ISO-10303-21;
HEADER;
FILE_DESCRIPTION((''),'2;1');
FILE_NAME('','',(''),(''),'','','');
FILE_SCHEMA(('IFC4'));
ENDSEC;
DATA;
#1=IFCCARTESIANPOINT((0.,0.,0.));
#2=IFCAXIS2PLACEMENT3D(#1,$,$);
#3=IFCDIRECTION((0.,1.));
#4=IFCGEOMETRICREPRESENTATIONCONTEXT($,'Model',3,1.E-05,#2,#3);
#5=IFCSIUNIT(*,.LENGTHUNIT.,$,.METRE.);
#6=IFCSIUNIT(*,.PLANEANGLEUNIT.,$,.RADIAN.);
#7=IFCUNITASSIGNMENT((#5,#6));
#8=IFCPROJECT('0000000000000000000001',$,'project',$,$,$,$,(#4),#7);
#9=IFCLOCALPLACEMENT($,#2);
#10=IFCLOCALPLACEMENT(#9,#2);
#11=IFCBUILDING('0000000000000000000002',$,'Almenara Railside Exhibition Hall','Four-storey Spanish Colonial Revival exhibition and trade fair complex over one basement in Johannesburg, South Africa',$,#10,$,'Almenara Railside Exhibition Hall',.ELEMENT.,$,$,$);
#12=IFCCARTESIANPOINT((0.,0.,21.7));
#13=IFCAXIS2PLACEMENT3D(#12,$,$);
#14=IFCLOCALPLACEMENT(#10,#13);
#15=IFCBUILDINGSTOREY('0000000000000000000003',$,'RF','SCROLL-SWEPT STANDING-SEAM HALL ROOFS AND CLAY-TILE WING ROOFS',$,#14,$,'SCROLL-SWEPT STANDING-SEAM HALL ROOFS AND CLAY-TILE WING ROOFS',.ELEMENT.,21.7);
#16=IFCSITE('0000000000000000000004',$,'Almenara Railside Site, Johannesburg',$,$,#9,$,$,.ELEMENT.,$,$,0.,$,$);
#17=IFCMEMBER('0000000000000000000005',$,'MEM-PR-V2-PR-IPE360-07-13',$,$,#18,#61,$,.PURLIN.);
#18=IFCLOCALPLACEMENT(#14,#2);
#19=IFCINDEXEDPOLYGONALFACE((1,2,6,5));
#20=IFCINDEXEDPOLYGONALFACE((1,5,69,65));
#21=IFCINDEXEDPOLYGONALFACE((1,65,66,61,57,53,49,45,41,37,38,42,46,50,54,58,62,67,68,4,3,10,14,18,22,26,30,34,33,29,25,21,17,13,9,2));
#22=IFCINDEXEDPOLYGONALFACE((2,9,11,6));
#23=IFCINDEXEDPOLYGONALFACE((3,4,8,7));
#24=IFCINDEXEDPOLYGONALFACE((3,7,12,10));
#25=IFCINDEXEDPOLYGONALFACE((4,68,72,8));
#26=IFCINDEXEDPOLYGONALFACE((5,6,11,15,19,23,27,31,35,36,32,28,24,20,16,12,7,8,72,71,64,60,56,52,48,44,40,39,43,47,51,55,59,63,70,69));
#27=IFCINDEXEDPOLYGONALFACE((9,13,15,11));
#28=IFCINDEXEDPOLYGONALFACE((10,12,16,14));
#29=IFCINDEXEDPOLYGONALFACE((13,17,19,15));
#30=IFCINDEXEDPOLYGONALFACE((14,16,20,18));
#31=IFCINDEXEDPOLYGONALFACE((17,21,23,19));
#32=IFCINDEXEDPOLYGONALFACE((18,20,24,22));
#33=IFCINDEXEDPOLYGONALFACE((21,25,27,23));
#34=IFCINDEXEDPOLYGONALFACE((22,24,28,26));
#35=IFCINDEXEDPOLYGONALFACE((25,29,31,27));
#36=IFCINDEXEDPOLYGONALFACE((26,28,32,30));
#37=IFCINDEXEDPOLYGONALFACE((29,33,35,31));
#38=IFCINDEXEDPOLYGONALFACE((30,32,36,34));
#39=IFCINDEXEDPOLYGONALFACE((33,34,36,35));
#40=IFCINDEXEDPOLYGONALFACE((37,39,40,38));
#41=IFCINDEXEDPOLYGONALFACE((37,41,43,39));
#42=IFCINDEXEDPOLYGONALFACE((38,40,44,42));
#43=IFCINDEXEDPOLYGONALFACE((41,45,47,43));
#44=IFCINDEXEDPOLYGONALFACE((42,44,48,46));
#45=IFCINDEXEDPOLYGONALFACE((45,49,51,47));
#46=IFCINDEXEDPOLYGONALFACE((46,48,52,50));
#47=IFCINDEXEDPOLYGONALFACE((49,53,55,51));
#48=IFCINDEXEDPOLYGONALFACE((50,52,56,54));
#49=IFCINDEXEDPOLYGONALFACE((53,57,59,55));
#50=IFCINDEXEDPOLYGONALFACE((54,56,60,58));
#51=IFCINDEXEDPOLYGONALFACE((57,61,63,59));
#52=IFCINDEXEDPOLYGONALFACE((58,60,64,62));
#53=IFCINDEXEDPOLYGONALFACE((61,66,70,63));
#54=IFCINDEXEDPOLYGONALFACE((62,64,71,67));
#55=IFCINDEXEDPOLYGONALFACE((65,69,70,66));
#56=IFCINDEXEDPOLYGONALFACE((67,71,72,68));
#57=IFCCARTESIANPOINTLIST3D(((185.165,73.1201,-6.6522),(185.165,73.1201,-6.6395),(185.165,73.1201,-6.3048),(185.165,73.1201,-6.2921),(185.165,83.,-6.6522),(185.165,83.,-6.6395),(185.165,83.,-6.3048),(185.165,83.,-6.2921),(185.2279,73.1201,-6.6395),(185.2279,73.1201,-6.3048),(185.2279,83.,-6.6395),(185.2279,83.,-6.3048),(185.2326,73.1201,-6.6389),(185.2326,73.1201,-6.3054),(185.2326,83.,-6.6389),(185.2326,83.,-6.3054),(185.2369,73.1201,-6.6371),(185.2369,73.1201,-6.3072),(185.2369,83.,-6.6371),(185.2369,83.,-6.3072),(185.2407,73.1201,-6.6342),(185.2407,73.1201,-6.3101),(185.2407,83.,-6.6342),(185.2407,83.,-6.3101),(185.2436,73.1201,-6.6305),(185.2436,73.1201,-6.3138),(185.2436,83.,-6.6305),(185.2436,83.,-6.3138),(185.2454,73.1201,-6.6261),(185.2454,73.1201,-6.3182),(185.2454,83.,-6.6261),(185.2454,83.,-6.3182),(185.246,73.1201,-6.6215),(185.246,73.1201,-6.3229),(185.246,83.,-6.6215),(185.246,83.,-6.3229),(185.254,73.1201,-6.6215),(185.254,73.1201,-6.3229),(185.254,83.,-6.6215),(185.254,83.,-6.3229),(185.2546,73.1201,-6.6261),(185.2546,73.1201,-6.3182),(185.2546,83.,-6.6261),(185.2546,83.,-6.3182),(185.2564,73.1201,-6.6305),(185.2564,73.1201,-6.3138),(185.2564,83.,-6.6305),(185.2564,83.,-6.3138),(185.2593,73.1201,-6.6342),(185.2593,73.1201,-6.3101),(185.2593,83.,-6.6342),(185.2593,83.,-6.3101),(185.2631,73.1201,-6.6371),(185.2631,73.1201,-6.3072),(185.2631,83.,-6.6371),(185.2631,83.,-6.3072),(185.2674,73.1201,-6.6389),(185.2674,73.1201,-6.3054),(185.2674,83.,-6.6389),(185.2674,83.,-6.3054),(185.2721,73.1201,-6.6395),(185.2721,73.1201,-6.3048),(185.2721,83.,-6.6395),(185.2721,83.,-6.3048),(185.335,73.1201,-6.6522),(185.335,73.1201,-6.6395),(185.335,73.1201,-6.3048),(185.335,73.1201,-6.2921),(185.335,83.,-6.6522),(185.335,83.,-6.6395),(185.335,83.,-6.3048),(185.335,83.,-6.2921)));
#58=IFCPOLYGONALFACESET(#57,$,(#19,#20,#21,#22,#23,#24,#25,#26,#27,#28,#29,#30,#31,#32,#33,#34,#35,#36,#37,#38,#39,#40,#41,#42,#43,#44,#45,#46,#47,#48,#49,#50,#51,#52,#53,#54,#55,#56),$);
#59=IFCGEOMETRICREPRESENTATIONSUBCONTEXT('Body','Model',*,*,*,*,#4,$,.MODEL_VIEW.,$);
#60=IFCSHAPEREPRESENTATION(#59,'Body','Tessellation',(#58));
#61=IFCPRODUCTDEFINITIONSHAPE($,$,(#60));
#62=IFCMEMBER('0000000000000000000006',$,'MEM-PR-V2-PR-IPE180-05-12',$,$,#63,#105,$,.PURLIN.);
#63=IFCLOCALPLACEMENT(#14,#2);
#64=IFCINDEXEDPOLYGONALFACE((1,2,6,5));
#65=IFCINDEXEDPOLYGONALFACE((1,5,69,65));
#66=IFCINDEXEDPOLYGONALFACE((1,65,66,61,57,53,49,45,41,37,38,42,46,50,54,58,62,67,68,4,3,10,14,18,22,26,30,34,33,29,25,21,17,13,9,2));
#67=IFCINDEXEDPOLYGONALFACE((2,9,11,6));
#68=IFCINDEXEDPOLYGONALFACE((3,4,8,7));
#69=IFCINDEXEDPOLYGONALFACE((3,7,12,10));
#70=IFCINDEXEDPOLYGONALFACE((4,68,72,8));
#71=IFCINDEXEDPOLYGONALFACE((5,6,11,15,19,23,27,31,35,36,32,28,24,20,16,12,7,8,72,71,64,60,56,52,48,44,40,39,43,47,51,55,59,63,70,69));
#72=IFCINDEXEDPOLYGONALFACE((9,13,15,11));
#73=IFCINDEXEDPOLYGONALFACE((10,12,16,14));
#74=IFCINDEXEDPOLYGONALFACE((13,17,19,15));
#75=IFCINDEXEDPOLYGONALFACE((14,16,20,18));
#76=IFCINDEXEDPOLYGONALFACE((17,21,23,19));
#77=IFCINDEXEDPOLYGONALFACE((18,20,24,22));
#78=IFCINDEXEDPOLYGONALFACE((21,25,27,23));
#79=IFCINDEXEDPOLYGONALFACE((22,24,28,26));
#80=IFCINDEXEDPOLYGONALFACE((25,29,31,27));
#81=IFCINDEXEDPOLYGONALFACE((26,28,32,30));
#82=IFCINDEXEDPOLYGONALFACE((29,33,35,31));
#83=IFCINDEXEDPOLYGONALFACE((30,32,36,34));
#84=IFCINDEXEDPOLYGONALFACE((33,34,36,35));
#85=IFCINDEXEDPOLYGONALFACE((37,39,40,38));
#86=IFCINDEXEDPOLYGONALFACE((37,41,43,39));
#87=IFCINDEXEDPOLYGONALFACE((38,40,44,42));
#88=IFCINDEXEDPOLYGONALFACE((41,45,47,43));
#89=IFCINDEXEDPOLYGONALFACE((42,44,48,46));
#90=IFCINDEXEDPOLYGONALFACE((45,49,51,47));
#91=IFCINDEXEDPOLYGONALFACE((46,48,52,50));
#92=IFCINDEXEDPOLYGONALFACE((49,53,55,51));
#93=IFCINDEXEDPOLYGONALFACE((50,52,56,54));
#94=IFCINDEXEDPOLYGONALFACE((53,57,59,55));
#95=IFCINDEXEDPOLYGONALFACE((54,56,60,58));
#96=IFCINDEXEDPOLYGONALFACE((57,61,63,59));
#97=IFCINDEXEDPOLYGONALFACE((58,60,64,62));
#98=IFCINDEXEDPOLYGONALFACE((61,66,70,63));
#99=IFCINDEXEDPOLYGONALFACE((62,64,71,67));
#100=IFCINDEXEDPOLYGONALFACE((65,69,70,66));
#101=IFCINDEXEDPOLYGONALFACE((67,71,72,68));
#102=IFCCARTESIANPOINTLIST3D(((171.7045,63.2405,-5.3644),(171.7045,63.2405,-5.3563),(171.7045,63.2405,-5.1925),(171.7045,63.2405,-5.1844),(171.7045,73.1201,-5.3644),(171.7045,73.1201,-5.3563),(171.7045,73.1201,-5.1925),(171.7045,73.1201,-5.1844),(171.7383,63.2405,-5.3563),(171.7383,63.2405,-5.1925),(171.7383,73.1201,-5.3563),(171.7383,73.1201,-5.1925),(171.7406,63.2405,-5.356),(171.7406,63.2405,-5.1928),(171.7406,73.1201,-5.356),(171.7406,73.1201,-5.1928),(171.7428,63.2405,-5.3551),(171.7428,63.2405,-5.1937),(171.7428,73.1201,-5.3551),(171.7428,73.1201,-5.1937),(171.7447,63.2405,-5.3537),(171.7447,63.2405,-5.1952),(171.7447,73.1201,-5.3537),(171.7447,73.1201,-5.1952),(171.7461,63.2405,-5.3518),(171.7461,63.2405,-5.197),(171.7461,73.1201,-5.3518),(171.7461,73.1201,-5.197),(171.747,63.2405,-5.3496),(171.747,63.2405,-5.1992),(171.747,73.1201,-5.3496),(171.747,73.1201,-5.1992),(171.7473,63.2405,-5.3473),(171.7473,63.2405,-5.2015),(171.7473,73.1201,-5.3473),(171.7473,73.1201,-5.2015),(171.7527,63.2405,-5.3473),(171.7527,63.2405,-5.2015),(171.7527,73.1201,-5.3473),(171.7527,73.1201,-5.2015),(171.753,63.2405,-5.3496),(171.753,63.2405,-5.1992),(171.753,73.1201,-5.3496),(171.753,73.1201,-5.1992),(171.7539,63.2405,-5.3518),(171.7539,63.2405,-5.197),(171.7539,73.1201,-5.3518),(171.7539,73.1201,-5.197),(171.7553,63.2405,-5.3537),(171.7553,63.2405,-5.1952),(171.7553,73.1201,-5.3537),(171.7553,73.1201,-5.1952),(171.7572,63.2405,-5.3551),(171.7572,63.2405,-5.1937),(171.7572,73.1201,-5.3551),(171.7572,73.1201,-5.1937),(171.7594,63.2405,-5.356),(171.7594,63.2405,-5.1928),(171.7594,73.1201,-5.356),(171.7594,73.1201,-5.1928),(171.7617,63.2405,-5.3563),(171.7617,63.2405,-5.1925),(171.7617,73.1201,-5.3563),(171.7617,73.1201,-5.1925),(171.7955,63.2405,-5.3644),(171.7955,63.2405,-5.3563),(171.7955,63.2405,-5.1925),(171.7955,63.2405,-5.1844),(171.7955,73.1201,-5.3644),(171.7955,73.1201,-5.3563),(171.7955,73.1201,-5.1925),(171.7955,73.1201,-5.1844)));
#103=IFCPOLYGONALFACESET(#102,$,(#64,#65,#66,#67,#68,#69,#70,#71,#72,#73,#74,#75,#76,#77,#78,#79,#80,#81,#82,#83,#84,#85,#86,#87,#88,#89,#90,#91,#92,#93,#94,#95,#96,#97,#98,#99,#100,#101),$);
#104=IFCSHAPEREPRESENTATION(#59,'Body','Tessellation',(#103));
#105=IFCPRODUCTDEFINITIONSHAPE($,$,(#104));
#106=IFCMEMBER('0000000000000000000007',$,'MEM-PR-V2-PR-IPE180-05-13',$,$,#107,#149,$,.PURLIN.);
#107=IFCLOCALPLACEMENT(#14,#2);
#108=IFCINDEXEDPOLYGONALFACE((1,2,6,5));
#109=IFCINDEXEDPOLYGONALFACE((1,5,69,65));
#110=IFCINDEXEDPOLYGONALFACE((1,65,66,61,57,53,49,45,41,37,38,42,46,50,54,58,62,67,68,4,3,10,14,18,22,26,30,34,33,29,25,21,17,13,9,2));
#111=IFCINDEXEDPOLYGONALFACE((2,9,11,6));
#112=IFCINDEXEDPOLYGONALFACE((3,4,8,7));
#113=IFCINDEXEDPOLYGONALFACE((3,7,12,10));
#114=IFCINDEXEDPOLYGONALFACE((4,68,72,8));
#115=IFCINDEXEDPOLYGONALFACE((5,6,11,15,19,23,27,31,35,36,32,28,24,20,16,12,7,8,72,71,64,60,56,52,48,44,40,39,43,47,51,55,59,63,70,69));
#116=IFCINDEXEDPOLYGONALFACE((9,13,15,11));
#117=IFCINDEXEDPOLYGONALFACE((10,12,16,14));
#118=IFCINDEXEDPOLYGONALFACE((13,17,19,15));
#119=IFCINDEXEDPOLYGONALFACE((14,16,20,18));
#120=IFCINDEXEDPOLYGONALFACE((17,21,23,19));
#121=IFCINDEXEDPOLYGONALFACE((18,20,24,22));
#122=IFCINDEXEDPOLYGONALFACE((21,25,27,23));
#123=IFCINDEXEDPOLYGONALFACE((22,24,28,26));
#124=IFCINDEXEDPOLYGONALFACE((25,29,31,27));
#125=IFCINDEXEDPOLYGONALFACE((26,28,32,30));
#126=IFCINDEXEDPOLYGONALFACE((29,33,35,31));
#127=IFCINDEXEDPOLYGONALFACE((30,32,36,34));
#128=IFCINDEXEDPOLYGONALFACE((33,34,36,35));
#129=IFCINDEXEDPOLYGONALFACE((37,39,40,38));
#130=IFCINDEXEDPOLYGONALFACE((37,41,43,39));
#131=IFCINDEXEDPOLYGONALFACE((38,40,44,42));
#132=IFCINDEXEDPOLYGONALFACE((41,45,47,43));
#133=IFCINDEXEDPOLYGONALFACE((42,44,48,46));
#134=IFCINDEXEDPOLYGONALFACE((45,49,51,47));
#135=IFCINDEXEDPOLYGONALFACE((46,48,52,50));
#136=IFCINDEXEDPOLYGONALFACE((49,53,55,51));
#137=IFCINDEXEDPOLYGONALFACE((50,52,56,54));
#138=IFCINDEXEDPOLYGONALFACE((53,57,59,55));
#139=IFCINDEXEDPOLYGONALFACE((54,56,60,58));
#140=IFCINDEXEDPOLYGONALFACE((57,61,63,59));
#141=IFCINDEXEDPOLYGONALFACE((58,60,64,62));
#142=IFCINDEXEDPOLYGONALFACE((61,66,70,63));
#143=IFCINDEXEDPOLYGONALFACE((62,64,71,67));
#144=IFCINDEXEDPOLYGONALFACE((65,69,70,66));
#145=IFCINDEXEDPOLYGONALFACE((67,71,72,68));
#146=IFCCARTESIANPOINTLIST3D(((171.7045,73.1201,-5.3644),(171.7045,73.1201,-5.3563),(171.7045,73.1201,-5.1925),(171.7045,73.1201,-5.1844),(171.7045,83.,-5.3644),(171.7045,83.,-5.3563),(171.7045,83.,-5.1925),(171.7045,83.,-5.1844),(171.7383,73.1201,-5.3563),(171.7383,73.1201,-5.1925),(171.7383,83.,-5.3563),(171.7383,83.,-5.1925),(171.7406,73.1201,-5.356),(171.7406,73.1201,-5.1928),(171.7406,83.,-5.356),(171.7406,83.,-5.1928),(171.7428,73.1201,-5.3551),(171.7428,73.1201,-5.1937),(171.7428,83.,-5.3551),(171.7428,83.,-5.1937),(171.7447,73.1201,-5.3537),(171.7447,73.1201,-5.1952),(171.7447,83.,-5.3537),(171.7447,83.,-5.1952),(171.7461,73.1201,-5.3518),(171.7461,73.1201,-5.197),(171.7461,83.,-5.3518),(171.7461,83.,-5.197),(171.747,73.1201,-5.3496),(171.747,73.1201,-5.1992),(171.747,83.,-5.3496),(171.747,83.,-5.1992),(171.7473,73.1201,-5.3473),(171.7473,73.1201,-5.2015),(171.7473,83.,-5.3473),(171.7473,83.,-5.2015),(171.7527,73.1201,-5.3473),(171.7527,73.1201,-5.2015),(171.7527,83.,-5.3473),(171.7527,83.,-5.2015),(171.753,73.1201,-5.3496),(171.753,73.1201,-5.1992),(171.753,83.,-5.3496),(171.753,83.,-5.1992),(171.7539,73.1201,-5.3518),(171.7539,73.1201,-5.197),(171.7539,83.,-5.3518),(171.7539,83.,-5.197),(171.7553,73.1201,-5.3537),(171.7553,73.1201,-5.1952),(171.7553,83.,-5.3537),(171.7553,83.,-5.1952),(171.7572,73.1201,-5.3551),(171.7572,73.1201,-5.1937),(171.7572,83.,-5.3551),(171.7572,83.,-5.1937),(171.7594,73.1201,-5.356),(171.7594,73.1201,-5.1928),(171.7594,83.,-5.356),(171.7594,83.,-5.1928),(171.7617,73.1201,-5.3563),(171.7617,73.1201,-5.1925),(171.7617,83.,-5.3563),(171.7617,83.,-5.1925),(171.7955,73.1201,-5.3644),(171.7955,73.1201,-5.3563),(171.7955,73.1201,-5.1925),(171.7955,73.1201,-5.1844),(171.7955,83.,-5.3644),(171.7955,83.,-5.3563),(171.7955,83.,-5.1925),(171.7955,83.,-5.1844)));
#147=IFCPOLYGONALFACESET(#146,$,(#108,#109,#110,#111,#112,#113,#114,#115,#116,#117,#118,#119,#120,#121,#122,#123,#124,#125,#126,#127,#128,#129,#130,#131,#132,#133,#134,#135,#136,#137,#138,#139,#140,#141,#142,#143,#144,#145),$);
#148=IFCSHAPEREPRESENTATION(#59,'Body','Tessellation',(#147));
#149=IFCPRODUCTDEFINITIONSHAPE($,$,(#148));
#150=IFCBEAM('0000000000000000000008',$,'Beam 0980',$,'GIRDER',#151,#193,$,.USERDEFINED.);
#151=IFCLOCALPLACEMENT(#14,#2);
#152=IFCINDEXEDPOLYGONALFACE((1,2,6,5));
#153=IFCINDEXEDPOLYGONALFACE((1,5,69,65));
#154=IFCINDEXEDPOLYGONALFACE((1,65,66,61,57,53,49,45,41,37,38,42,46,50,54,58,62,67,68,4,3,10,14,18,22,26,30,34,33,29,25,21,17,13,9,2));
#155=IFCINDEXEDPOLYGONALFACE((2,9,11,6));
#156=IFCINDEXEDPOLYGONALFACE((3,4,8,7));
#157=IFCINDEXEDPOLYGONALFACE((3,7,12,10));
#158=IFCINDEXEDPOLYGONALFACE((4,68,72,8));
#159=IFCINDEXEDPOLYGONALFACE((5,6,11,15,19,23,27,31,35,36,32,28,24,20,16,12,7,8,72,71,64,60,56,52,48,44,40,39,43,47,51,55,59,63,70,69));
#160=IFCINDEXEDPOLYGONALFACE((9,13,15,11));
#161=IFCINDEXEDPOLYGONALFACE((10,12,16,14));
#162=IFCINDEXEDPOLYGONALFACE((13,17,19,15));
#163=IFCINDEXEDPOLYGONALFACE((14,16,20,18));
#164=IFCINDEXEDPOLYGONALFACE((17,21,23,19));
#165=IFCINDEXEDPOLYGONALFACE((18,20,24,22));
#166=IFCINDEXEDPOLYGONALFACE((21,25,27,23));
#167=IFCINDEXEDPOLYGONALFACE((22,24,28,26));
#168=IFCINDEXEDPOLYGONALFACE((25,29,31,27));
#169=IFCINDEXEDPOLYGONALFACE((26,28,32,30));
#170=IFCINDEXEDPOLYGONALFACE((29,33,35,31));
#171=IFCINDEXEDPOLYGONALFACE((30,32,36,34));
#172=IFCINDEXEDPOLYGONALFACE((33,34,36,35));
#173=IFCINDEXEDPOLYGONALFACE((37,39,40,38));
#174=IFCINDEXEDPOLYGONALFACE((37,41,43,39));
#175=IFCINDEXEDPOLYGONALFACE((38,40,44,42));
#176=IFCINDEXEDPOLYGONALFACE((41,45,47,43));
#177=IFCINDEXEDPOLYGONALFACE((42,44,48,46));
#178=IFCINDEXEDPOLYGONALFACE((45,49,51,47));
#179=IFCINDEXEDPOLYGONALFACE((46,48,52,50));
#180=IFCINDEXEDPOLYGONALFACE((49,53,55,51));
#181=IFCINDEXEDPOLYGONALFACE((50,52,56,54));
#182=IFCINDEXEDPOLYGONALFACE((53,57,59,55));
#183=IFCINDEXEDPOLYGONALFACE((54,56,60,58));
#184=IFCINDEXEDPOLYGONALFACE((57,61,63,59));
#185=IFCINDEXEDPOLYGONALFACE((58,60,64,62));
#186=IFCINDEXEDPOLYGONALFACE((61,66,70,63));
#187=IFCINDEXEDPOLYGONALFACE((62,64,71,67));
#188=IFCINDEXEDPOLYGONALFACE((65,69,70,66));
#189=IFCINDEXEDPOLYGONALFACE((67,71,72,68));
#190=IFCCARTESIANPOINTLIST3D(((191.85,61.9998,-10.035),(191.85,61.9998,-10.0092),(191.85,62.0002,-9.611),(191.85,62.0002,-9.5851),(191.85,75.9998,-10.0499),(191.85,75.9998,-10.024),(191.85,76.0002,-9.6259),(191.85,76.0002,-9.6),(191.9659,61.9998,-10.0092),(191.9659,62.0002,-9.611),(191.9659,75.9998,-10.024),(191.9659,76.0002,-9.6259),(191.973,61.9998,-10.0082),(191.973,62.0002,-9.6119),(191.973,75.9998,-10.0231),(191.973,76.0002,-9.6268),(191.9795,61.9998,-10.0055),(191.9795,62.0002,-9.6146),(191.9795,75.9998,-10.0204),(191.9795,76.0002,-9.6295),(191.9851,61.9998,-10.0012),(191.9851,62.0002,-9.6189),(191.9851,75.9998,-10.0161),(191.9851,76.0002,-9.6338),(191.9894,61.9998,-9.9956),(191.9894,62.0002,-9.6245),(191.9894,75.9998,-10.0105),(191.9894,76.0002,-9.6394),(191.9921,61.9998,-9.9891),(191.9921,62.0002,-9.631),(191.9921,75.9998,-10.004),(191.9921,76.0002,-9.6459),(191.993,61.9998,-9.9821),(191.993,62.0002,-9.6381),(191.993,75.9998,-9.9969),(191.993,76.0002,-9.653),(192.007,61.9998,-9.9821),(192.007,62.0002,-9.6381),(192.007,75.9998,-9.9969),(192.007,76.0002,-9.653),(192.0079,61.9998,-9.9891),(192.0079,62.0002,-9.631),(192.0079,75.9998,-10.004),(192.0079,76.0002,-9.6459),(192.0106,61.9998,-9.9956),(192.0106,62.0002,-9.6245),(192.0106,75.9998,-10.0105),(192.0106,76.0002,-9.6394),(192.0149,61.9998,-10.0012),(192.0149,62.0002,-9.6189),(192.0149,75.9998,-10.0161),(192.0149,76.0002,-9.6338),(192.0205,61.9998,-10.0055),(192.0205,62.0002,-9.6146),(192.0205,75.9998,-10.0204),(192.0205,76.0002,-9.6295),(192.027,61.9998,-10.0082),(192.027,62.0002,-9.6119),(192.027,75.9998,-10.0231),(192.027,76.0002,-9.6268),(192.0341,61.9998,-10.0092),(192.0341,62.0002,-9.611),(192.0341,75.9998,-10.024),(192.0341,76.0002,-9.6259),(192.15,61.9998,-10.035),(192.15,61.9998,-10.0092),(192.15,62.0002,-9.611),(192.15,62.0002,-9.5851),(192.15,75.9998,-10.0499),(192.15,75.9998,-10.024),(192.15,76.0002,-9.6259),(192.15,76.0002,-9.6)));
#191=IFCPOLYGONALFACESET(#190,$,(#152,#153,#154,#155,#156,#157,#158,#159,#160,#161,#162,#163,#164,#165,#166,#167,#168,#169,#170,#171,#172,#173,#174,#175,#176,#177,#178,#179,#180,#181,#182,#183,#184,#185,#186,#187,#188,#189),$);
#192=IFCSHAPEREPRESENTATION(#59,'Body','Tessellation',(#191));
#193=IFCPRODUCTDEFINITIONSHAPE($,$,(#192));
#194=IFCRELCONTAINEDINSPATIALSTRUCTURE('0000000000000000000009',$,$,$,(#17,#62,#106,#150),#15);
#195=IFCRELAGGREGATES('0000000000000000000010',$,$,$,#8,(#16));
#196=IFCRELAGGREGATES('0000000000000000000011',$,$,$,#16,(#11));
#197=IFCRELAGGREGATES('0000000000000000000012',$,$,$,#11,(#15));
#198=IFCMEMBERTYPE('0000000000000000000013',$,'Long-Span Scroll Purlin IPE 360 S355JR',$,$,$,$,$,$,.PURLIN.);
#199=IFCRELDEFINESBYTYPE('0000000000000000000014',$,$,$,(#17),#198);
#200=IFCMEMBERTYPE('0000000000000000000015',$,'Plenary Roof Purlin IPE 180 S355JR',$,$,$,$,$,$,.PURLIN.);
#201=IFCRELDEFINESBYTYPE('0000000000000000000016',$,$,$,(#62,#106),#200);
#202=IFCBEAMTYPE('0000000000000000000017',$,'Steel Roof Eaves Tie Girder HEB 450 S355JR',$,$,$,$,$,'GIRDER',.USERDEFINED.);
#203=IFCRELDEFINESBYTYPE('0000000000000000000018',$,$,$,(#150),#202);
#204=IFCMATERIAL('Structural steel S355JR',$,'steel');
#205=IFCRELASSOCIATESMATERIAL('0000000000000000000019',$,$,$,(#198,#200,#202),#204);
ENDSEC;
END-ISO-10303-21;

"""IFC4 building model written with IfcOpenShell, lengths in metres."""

from ifc_helpers import new_model, si_unit, direction, frame, origin, origin_2d, place, context, subcontext, project, spatial, i_section, extrude, material, material_profile, profile_set, type_object, element, save


model = new_model("IFC4")

# Units and contexts
model_context = context("Model", 3, precision=1e-05, world=origin(), true_north=direction((0.0, 1.0)))
body_context = subcontext(model_context, "Body", "Model", "MODEL_VIEW")
ifc_project = project(units=[si_unit("LENGTHUNIT", "METRE"), si_unit("PLANEANGLEUNIT", "RADIAN")], contexts=[model_context])

# Site, building, storey
site_placement = place(None, origin())
site = spatial("IfcSite", under=ifc_project, at=site_placement, Name="Almenara Railside Site, Johannesburg", CompositionType="ELEMENT", RefElevation=0.0)
building_placement = place(site_placement, origin())
building = spatial("IfcBuilding", under=site, at=building_placement, Name="Almenara Railside Exhibition Hall", Description="Four-storey Spanish Colonial Revival exhibition and trade fair complex over one basement in Johannesburg, South Africa", LongName="Almenara Railside Exhibition Hall", CompositionType="ELEMENT")
storey_placement = place(building_placement, frame((0.0, 0.0, 21.7)))
storey = spatial("IfcBuildingStorey", under=building, at=storey_placement, Name="RF", Description="SCROLL-SWEPT STANDING-SEAM HALL ROOFS AND CLAY-TILE WING ROOFS", LongName="SCROLL-SWEPT STANDING-SEAM HALL ROOFS AND CLAY-TILE WING ROOFS", CompositionType="ELEMENT", Elevation=21.7)

# Members
ifc_material_1 = material(Name="Structural steel S355JR", Category="steel")
ifc_material_profile_1 = material_profile(ifc_material_1, i_section(OverallWidth=0.1699, OverallDepth=0.3601, WebThickness=0.0081, FlangeThickness=0.0127, FilletRadius=0.0181, at=origin_2d()), Name="IPE 360")
ifc_profile_set_1 = profile_set([ifc_material_profile_1], Name="Structural steel S355JR")
member_type_1 = type_object("IfcMemberType", Name="Long-Span Scroll Purlin IPE 360 S355JR", PredefinedType="PURLIN", material=ifc_profile_set_1)
member_1_placement = place(storey_placement, frame((185.25, 73.1201, -6.4722), z_axis=(0.0, 1.0, 0.0), x_axis=(-1.0, 0.0, 0.0)))
element("IfcMember", 1, at=member_1_placement, inside=storey, type_object=member_type_1, Name="MEM-PR-V2-PR-IPE360-07-13", PredefinedType="PURLIN", context=body_context, shape_type="SweptSolid", body=[
    extrude(i_section(OverallWidth=0.1699, OverallDepth=0.3601, WebThickness=0.0081, FlangeThickness=0.0127, FilletRadius=0.0181, at=origin_2d()), origin(), (0.0, 0.0, 1.0), 9.8799),
])
ifc_material_profile_2 = material_profile(ifc_material_1, i_section(OverallWidth=0.0911, OverallDepth=0.1799, WebThickness=0.0054, FlangeThickness=0.0081, FilletRadius=0.009, at=origin_2d()), Name="IPE 180")
ifc_profile_set_2 = profile_set([ifc_material_profile_2], Name="Structural steel S355JR")
member_type_2 = type_object("IfcMemberType", Name="Plenary Roof Purlin IPE 180 S355JR", PredefinedType="PURLIN", material=ifc_profile_set_2)
member_2_placement = place(storey_placement, frame((171.75, 63.2405, -5.2744), z_axis=(0.0, 1.0, 0.0), x_axis=(-1.0, 0.0, 0.0)))
element("IfcMember", 2, at=member_2_placement, inside=storey, type_object=member_type_2, Name="MEM-PR-V2-PR-IPE180-05-12", PredefinedType="PURLIN", context=body_context, shape_type="SweptSolid", body=[
    extrude(i_section(OverallWidth=0.0911, OverallDepth=0.1799, WebThickness=0.0054, FlangeThickness=0.0081, FilletRadius=0.009, at=origin_2d()), origin(), (0.0, 0.0, 1.0), 9.8796),
])
member_3_placement = place(storey_placement, frame((171.75, 73.1201, -5.2744), z_axis=(0.0, 1.0, 0.0), x_axis=(-1.0, 0.0, 0.0)))
element("IfcMember", 3, at=member_3_placement, inside=storey, type_object=member_type_2, Name="MEM-PR-V2-PR-IPE180-05-13", PredefinedType="PURLIN", context=body_context, shape_type="SweptSolid", body=[
    extrude(i_section(OverallWidth=0.0911, OverallDepth=0.1799, WebThickness=0.0054, FlangeThickness=0.0081, FilletRadius=0.009, at=origin_2d()), origin(), (0.0, 0.0, 1.0), 9.8799),
])

# Beam
ifc_material_profile_3 = material_profile(ifc_material_1, i_section(OverallWidth=0.3, OverallDepth=0.45, WebThickness=0.0139, FlangeThickness=0.0259, FilletRadius=0.0271, at=origin_2d()), Name="HEB 450")
ifc_profile_set_3 = profile_set([ifc_material_profile_3], Name="Structural steel S355JR")
beam_type = type_object("IfcBeamType", Name="Steel Roof Eaves Tie Girder HEB 450 S355JR", ElementType="GIRDER", PredefinedType="USERDEFINED", material=ifc_profile_set_3)
beam_placement = place(storey_placement, frame((192.0, 62.0, -9.8101), z_axis=(0.0, 0.999999, -0.001064), x_axis=(-1.0, 0.0, 0.0)))
element("IfcBeam", 4, at=beam_placement, inside=storey, type_object=beam_type, Name="Beam 0980", ObjectType="GIRDER", PredefinedType="USERDEFINED", context=body_context, shape_type="SweptSolid", body=[
    extrude(i_section(OverallWidth=0.3, OverallDepth=0.45, WebThickness=0.0139, FlangeThickness=0.0259, FilletRadius=0.0271, at=origin_2d()), origin(), (0.0, 0.0, 1.0), 14.0),
])

save(model, "model.ifc")
